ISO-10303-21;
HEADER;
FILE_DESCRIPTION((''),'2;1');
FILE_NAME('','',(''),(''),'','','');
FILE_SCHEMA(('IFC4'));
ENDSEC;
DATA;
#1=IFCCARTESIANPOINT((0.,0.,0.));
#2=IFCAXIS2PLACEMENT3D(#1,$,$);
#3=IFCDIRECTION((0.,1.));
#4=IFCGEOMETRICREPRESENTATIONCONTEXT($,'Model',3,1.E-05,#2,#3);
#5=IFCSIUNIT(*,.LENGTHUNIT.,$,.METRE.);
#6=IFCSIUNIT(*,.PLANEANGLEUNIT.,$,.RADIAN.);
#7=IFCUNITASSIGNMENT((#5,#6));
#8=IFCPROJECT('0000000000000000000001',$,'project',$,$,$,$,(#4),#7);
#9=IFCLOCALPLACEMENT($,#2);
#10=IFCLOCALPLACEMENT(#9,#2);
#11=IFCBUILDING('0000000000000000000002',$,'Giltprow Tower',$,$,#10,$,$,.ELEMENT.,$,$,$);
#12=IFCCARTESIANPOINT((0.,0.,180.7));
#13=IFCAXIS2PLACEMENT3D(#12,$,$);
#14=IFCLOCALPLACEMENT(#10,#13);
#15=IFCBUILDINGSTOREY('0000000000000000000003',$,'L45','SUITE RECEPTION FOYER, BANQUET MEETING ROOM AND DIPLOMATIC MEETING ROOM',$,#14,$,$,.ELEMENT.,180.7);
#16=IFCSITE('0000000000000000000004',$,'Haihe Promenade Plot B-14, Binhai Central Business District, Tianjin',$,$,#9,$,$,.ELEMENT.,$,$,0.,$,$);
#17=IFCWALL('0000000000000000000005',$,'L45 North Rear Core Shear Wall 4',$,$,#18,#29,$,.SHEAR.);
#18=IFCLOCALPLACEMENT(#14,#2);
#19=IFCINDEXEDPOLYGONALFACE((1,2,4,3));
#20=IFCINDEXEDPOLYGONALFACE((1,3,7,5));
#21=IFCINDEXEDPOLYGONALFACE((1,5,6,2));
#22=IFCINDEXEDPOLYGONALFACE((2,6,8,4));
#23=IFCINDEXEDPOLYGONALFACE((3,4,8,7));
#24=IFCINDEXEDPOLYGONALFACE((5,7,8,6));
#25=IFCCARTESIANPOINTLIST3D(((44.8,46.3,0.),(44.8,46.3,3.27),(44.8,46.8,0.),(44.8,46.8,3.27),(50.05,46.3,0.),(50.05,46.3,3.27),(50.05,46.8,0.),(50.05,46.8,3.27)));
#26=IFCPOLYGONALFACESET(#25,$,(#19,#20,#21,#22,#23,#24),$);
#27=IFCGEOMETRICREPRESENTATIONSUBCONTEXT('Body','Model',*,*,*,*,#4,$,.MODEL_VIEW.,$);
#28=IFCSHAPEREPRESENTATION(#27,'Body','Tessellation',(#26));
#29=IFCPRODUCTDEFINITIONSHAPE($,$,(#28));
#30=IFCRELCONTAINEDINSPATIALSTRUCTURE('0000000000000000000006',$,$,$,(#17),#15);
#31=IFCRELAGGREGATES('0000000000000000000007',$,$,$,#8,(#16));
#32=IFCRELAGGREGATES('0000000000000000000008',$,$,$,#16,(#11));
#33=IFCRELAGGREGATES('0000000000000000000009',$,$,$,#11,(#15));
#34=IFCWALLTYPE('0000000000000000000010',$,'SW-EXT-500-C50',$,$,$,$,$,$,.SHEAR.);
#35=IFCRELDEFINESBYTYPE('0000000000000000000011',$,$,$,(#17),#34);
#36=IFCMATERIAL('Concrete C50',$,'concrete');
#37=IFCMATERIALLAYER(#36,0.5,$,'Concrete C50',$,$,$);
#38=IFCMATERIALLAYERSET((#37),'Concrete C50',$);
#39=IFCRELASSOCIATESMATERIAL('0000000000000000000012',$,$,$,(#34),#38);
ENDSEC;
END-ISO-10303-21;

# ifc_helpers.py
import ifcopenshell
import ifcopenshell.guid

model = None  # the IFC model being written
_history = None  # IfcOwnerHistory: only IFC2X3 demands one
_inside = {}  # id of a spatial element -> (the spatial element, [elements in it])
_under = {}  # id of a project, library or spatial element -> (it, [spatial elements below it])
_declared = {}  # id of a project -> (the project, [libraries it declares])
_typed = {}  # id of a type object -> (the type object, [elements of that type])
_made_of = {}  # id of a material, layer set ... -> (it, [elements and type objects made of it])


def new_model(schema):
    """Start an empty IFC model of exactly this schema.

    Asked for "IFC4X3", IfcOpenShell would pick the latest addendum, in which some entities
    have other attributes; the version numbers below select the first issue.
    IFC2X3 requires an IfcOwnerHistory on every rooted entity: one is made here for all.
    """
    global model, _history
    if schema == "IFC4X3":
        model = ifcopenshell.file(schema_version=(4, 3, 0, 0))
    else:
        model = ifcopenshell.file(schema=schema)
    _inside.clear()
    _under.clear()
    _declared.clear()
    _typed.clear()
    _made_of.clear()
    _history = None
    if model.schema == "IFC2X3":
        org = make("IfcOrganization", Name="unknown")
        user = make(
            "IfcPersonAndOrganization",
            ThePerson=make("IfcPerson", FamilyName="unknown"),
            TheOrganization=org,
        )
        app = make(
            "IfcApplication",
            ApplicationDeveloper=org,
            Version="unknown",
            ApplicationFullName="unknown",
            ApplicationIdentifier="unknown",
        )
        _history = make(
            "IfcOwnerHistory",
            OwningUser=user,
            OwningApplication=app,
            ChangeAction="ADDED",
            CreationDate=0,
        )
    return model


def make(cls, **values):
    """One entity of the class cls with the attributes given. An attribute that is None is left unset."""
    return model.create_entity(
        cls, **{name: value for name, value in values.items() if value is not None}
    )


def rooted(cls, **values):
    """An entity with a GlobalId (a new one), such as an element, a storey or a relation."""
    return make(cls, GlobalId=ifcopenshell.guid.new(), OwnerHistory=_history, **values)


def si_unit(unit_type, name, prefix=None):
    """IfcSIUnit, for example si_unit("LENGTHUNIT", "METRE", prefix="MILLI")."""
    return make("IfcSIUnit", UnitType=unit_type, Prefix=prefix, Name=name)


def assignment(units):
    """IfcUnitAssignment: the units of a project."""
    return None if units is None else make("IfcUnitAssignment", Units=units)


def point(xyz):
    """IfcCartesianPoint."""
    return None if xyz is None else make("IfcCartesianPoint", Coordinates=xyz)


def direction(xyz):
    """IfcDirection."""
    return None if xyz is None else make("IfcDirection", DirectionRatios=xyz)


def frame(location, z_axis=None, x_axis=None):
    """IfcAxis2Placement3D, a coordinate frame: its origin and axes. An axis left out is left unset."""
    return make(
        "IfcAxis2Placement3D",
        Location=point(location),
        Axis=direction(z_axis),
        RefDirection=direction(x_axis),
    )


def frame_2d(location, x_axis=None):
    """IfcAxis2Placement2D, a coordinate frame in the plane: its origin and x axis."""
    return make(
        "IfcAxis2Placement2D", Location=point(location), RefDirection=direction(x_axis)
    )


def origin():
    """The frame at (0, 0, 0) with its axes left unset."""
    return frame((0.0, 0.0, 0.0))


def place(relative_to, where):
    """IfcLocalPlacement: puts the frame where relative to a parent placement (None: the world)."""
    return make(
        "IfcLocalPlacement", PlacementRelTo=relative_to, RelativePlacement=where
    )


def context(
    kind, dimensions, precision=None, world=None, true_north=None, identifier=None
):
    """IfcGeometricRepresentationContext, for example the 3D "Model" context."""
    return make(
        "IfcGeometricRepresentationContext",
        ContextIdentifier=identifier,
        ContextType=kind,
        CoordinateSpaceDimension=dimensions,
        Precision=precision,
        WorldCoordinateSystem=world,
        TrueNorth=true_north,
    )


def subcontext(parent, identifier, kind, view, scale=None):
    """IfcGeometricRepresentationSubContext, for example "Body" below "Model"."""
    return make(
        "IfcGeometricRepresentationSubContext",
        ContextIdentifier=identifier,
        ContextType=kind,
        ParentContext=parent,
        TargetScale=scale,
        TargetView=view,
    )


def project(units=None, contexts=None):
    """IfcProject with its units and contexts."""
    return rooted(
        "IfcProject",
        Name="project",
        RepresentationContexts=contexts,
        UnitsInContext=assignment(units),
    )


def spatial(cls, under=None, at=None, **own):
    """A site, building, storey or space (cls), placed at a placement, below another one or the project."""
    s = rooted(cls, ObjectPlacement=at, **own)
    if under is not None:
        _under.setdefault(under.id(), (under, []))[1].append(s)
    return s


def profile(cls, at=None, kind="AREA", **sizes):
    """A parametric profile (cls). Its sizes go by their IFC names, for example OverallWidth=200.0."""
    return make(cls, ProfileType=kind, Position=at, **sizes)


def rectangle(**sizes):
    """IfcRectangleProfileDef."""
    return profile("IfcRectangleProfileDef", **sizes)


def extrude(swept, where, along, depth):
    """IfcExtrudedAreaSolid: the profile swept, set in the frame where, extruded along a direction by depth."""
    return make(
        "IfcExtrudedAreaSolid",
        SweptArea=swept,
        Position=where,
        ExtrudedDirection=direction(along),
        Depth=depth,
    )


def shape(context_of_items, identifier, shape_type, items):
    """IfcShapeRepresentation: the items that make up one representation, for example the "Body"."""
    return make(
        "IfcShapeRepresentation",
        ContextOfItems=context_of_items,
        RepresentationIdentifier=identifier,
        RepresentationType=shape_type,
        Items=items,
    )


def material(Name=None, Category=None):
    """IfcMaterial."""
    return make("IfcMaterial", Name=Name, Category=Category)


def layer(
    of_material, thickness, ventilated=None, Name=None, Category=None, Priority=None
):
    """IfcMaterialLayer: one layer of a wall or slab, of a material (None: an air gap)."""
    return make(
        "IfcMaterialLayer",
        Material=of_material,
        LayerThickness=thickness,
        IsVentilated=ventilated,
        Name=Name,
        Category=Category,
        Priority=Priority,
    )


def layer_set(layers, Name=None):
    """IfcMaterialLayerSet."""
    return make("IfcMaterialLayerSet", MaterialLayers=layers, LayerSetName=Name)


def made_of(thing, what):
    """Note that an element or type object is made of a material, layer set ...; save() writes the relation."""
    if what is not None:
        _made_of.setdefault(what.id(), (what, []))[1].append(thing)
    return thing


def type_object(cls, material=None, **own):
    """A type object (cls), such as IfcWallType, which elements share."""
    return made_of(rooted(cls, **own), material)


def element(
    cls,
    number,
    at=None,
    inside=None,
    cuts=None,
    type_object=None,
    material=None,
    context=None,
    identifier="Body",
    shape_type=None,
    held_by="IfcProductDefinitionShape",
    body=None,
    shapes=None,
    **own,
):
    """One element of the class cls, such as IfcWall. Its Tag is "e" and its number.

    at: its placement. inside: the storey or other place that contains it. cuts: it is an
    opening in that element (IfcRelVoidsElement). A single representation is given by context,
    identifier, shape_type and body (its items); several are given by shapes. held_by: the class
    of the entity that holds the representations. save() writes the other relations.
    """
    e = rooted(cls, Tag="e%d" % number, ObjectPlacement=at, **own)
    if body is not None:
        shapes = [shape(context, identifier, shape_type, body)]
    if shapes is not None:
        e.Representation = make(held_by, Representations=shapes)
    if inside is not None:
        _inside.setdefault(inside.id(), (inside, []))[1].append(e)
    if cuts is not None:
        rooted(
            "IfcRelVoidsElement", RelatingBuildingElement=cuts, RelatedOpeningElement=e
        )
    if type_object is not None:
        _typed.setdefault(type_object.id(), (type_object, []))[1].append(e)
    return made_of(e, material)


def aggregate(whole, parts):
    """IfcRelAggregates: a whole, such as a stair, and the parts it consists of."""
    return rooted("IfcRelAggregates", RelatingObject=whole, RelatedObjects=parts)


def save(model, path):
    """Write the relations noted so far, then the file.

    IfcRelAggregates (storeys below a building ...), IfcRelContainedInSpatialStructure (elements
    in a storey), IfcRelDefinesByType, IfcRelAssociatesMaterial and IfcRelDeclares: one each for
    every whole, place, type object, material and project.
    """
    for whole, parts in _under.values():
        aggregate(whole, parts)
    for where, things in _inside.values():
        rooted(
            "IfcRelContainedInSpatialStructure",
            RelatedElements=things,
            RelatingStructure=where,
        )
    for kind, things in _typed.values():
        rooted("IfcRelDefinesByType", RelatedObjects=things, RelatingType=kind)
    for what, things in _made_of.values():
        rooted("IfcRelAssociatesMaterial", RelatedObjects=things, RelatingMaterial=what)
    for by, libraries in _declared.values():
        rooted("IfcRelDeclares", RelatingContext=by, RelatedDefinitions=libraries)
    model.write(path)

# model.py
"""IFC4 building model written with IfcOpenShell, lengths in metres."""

from ifc_helpers import new_model, si_unit, direction, frame, frame_2d, origin, place, context, subcontext, project, spatial, rectangle, extrude, material, layer, layer_set, type_object, element, save


model = new_model("IFC4")

# Units and contexts
model_context = context("Model", 3, precision=1e-05, world=origin(), true_north=direction((0.0, 1.0)))
body_context = subcontext(model_context, "Body", "Model", "MODEL_VIEW")
ifc_project = project(units=[si_unit("LENGTHUNIT", "METRE"), si_unit("PLANEANGLEUNIT", "RADIAN")], contexts=[model_context])

# Site, building, storey
site_placement = place(None, origin())
site = spatial("IfcSite", under=ifc_project, at=site_placement, Name="Haihe Promenade Plot B-14, Binhai Central Business District, Tianjin", CompositionType="ELEMENT", RefElevation=0.0)
building_placement = place(site_placement, origin())
building = spatial("IfcBuilding", under=site, at=building_placement, Name="Giltprow Tower", CompositionType="ELEMENT")
storey_placement = place(building_placement, frame((0.0, 0.0, 180.7)))
storey = spatial("IfcBuildingStorey", under=building, at=storey_placement, Name="L45", Description="SUITE RECEPTION FOYER, BANQUET MEETING ROOM AND DIPLOMATIC MEETING ROOM", CompositionType="ELEMENT", Elevation=180.7)

# Shared definitions
ifc_material_1 = material(Name="Concrete C50", Category="concrete")

# Wall
ifc_layer_1 = layer(ifc_material_1, 0.5, Name="Concrete C50")
ifc_layer_set_1 = layer_set([ifc_layer_1], Name="Concrete C50")
wall_type_1 = type_object("IfcWallType", Name="SW-EXT-500-C50", PredefinedType="SHEAR", material=ifc_layer_set_1)
wall_1_placement = place(storey_placement, frame((44.8, 46.55, 0.0), z_axis=(0.0, 0.0, 1.0), x_axis=(1.0, 0.0, 0.0)))
element("IfcWall", 1, at=wall_1_placement, inside=storey, type_object=wall_type_1, Name="L45 North Rear Core Shear Wall 4", PredefinedType="SHEAR", context=body_context, shape_type="SweptSolid", body=[
    extrude(rectangle(XDim=5.25, YDim=0.5, at=frame_2d((2.625, 0.0))), origin(), (0.0, 0.0, 1.0), 3.27),
])

save(model, "model.ifc")
